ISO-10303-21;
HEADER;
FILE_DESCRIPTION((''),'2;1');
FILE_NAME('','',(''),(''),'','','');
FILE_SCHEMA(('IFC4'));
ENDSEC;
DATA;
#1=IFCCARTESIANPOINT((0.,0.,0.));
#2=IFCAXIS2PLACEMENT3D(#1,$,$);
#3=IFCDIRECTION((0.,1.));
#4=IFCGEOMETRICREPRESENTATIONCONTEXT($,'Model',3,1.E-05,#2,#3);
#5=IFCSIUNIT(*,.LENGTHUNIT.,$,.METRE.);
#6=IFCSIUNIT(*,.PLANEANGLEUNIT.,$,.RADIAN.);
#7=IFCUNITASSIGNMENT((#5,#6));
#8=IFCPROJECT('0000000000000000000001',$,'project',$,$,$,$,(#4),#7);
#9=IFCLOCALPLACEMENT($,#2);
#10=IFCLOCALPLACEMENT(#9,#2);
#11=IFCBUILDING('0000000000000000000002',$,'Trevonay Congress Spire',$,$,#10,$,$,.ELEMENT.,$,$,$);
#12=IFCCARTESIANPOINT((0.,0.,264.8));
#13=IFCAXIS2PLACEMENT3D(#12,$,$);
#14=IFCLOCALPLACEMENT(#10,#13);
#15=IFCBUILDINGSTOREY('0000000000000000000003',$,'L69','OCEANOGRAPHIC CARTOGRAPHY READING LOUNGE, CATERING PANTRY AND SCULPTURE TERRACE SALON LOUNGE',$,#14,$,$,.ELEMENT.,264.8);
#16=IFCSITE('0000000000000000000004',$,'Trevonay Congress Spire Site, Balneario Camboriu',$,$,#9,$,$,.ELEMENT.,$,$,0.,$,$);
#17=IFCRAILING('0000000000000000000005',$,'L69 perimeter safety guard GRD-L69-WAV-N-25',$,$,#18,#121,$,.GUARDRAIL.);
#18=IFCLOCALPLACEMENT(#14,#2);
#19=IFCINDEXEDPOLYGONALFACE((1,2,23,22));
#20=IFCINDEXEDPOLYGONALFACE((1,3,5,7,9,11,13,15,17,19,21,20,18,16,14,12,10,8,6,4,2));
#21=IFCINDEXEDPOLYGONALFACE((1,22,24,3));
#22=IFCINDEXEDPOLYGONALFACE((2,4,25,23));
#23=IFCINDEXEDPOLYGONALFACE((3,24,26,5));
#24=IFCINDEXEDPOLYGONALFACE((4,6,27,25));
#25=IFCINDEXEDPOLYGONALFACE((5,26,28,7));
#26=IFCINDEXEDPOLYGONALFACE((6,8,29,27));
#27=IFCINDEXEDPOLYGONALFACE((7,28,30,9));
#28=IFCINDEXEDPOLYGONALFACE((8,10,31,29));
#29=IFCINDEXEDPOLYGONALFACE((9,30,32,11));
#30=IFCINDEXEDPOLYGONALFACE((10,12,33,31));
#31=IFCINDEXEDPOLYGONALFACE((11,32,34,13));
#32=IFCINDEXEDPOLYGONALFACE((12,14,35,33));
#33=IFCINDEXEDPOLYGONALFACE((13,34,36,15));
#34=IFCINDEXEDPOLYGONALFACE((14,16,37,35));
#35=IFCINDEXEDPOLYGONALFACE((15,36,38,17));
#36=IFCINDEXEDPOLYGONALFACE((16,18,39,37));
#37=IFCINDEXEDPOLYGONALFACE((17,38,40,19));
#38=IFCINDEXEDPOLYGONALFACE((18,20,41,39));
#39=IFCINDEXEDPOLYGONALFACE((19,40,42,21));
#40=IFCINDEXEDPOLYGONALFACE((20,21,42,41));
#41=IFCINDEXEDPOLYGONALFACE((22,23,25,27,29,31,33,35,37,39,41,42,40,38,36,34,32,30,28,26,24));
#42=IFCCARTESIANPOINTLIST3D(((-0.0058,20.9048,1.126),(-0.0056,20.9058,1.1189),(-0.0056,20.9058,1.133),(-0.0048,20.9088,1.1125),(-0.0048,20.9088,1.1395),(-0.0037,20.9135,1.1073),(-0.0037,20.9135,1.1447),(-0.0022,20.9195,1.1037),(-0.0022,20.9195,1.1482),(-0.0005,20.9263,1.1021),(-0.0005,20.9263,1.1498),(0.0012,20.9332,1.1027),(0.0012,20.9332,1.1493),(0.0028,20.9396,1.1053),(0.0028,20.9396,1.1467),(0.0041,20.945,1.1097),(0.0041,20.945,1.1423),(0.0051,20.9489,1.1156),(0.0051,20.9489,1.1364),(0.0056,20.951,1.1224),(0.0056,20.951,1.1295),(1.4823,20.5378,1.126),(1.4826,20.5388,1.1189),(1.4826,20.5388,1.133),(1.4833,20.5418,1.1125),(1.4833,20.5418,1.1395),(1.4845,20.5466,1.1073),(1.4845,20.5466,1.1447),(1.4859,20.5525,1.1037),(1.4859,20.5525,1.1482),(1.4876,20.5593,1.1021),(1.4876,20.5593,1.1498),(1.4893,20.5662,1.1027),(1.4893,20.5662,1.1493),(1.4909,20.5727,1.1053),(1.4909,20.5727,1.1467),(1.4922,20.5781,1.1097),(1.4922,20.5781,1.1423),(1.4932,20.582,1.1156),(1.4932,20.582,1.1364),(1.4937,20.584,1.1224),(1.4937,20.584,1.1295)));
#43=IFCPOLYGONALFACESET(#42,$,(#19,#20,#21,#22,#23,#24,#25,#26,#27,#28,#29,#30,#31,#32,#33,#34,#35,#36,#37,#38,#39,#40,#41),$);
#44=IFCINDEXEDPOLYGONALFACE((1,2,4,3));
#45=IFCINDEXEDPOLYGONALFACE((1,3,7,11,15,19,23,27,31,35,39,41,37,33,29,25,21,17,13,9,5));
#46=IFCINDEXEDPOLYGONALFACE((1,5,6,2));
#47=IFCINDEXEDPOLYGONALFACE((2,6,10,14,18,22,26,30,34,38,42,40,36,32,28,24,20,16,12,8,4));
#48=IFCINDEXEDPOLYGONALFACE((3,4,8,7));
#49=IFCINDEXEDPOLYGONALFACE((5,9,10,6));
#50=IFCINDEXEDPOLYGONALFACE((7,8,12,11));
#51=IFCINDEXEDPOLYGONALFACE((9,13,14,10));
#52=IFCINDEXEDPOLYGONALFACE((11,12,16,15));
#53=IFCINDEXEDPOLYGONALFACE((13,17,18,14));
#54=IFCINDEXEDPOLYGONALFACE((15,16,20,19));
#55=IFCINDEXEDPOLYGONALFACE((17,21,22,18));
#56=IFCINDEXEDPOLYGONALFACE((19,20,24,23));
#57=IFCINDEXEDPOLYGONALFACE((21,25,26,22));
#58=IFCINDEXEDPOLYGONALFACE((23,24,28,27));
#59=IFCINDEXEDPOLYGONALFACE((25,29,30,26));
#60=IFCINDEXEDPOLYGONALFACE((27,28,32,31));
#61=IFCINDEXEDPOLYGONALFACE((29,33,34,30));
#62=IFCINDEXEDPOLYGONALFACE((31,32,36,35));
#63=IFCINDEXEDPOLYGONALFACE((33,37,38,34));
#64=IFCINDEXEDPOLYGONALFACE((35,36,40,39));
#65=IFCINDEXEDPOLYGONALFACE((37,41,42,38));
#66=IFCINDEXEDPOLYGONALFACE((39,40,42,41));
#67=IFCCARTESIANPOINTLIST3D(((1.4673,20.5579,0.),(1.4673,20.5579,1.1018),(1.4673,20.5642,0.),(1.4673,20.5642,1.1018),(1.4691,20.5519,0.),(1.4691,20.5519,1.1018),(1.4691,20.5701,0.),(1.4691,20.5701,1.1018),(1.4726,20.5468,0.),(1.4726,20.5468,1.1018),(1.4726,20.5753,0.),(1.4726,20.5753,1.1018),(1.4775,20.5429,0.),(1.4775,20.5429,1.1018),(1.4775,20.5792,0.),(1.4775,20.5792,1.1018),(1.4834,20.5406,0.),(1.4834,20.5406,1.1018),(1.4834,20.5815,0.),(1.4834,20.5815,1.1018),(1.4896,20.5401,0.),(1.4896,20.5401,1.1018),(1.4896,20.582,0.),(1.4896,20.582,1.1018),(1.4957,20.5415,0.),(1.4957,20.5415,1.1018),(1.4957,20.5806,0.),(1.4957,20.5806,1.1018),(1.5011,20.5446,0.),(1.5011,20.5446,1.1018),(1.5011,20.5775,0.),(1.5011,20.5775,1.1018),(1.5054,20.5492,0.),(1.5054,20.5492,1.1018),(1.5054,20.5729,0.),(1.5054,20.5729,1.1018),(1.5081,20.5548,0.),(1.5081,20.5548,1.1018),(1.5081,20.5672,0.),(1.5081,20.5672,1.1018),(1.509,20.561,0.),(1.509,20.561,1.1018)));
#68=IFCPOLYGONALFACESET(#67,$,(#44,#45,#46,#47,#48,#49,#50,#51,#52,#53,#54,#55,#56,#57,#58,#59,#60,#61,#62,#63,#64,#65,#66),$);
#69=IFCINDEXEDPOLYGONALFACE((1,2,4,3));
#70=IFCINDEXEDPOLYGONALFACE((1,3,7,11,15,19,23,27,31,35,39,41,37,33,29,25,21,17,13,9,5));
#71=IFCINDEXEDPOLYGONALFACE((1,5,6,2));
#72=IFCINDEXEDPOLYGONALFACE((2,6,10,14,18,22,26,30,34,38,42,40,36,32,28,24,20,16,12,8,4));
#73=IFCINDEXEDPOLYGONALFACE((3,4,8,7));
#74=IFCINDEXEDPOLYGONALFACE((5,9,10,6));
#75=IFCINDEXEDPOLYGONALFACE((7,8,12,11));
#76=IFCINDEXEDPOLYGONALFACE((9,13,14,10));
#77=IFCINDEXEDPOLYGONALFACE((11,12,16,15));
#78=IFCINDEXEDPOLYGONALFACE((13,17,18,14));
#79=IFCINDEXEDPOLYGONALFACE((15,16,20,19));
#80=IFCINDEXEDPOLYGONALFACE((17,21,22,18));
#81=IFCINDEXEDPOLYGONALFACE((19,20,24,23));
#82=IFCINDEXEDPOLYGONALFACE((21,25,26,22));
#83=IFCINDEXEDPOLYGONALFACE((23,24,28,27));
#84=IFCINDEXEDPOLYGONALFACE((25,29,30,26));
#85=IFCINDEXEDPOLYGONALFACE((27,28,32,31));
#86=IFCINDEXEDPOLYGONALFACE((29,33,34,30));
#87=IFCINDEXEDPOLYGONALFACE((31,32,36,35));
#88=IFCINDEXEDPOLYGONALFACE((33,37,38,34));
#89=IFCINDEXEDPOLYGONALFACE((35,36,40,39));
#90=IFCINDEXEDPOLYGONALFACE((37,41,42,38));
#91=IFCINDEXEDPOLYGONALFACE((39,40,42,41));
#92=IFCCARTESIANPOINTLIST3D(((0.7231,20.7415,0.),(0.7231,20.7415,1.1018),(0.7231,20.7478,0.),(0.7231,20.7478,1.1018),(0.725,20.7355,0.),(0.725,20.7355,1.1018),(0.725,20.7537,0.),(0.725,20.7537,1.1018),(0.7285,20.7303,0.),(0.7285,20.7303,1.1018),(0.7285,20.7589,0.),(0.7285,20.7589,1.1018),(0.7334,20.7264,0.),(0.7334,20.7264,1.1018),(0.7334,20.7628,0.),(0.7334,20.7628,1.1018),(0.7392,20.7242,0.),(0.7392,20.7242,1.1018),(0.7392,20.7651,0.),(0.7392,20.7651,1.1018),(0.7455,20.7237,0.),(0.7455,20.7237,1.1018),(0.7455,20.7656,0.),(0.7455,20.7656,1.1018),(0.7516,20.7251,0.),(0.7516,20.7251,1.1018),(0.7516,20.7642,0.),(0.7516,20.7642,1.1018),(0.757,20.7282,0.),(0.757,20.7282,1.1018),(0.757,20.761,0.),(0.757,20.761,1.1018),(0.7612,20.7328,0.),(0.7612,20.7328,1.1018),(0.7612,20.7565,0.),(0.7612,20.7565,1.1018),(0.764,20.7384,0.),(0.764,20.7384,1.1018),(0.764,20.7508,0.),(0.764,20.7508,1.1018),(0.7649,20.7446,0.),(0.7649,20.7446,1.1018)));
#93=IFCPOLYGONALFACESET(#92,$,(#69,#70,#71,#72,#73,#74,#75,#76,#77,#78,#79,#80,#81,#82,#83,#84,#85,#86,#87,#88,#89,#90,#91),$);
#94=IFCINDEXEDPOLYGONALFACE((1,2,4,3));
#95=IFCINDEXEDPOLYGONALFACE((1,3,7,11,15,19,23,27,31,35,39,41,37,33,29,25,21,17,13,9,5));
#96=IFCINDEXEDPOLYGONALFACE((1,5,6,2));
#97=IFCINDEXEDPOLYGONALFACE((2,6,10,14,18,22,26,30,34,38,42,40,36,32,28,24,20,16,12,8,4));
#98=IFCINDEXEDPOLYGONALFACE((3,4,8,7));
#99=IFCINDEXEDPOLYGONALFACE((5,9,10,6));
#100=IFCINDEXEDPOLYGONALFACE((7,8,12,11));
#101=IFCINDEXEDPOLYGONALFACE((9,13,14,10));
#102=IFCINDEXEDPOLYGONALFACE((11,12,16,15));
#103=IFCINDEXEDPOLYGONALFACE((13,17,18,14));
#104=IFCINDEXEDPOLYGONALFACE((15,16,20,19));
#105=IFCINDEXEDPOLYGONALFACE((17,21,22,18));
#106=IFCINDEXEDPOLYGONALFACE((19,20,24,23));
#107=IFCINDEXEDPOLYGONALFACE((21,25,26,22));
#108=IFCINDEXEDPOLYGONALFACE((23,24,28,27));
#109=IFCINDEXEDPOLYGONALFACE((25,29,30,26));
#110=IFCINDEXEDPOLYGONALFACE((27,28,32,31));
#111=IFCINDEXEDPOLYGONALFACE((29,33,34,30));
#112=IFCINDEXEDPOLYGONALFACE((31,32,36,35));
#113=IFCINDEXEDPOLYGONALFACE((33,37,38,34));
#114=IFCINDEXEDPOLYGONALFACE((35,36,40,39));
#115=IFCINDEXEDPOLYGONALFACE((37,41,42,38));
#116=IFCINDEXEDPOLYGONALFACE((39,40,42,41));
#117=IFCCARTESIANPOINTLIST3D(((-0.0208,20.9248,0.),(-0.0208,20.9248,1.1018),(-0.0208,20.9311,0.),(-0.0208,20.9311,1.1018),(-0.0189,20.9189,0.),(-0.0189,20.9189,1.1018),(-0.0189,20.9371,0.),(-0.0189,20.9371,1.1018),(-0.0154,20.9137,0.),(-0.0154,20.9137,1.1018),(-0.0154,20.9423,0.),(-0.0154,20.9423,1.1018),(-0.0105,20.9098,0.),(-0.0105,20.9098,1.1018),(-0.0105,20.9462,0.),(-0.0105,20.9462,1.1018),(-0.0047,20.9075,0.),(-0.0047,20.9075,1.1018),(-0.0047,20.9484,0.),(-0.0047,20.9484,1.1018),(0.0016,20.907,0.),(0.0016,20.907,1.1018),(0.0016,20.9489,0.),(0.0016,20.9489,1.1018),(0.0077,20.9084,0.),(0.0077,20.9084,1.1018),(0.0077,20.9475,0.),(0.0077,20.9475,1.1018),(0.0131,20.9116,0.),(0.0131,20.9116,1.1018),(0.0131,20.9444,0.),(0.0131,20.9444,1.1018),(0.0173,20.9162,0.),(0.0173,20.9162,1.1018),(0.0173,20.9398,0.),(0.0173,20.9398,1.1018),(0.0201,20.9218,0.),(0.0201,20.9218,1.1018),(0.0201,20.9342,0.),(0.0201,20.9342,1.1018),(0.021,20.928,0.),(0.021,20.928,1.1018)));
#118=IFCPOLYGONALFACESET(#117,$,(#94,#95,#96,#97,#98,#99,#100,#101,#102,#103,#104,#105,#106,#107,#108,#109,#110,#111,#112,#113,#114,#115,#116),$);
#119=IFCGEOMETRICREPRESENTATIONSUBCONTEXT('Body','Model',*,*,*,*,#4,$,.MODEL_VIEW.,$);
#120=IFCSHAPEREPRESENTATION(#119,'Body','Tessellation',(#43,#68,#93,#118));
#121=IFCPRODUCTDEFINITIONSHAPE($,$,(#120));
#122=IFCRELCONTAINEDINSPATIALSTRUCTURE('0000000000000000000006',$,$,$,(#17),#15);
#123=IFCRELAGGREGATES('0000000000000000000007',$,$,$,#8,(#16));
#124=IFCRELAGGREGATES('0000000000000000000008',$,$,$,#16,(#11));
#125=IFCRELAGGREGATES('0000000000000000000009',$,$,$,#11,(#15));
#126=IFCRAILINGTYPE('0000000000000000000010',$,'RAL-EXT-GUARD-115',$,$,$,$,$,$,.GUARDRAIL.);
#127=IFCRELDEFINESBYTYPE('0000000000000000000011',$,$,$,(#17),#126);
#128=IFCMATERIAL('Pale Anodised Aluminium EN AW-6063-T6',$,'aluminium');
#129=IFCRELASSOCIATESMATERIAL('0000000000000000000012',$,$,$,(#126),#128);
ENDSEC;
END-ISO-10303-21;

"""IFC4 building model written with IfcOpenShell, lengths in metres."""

from ifc_helpers import new_model, si_unit, direction, frame, origin, origin_2d, place, context, subcontext, project, spatial, circle, extrude, material, type_object, element, save


model = new_model("IFC4")

# Units and contexts
model_context = context("Model", 3, precision=1e-05, world=origin(), true_north=direction((0.0, 1.0)))
body_context = subcontext(model_context, "Body", "Model", "MODEL_VIEW")
ifc_project = project(units=[si_unit("LENGTHUNIT", "METRE"), si_unit("PLANEANGLEUNIT", "RADIAN")], contexts=[model_context])

# Site, building, storey
site_placement = place(None, origin())
site = spatial("IfcSite", under=ifc_project, at=site_placement, Name="Trevonay Congress Spire Site, Balneario Camboriu", CompositionType="ELEMENT", RefElevation=0.0)
building_placement = place(site_placement, origin())
building = spatial("IfcBuilding", under=site, at=building_placement, Name="Trevonay Congress Spire", CompositionType="ELEMENT")
storey_placement = place(building_placement, frame((0.0, 0.0, 264.8)))
storey = spatial("IfcBuildingStorey", under=building, at=storey_placement, Name="L69", Description="OCEANOGRAPHIC CARTOGRAPHY READING LOUNGE, CATERING PANTRY AND SCULPTURE TERRACE SALON LOUNGE", CompositionType="ELEMENT", Elevation=264.8)

# Shared definitions
ifc_material_1 = material(Name="Pale Anodised Aluminium EN AW-6063-T6", Category="aluminium")

# Railing
railing_type = type_object("IfcRailingType", Name="RAL-EXT-GUARD-115", PredefinedType="GUARDRAIL", material=ifc_material_1)
railing_1_placement = place(storey_placement, frame((1.488, 20.561, 0.0)))
element("IfcRailing", 1, at=railing_1_placement, inside=storey, type_object=railing_type, Name="L69 perimeter safety guard GRD-L69-WAV-N-25", PredefinedType="GUARDRAIL", context=body_context, shape_type="SweptSolid", body=[
    extrude(circle(Radius=0.0239, at=origin_2d()), frame((0.0, 0.0, 1.126), z_axis=(-0.970915, 0.239423, 0.0), x_axis=(-0.239423, -0.970915, 0.0)), (0.0, 0.0, 1.0), 1.5327),
    extrude(circle(Radius=0.021, at=origin_2d()), origin(), (0.0, 0.0, 1.0), 1.1018),
    extrude(circle(Radius=0.021, at=origin_2d()), frame((-0.7441, 0.1836, 0.0)), (0.0, 0.0, 1.0), 1.1018),
    extrude(circle(Radius=0.021, at=origin_2d()), frame((-1.488, 0.3669, 0.0)), (0.0, 0.0, 1.0), 1.1018),
])

save(model, "model.ifc")
